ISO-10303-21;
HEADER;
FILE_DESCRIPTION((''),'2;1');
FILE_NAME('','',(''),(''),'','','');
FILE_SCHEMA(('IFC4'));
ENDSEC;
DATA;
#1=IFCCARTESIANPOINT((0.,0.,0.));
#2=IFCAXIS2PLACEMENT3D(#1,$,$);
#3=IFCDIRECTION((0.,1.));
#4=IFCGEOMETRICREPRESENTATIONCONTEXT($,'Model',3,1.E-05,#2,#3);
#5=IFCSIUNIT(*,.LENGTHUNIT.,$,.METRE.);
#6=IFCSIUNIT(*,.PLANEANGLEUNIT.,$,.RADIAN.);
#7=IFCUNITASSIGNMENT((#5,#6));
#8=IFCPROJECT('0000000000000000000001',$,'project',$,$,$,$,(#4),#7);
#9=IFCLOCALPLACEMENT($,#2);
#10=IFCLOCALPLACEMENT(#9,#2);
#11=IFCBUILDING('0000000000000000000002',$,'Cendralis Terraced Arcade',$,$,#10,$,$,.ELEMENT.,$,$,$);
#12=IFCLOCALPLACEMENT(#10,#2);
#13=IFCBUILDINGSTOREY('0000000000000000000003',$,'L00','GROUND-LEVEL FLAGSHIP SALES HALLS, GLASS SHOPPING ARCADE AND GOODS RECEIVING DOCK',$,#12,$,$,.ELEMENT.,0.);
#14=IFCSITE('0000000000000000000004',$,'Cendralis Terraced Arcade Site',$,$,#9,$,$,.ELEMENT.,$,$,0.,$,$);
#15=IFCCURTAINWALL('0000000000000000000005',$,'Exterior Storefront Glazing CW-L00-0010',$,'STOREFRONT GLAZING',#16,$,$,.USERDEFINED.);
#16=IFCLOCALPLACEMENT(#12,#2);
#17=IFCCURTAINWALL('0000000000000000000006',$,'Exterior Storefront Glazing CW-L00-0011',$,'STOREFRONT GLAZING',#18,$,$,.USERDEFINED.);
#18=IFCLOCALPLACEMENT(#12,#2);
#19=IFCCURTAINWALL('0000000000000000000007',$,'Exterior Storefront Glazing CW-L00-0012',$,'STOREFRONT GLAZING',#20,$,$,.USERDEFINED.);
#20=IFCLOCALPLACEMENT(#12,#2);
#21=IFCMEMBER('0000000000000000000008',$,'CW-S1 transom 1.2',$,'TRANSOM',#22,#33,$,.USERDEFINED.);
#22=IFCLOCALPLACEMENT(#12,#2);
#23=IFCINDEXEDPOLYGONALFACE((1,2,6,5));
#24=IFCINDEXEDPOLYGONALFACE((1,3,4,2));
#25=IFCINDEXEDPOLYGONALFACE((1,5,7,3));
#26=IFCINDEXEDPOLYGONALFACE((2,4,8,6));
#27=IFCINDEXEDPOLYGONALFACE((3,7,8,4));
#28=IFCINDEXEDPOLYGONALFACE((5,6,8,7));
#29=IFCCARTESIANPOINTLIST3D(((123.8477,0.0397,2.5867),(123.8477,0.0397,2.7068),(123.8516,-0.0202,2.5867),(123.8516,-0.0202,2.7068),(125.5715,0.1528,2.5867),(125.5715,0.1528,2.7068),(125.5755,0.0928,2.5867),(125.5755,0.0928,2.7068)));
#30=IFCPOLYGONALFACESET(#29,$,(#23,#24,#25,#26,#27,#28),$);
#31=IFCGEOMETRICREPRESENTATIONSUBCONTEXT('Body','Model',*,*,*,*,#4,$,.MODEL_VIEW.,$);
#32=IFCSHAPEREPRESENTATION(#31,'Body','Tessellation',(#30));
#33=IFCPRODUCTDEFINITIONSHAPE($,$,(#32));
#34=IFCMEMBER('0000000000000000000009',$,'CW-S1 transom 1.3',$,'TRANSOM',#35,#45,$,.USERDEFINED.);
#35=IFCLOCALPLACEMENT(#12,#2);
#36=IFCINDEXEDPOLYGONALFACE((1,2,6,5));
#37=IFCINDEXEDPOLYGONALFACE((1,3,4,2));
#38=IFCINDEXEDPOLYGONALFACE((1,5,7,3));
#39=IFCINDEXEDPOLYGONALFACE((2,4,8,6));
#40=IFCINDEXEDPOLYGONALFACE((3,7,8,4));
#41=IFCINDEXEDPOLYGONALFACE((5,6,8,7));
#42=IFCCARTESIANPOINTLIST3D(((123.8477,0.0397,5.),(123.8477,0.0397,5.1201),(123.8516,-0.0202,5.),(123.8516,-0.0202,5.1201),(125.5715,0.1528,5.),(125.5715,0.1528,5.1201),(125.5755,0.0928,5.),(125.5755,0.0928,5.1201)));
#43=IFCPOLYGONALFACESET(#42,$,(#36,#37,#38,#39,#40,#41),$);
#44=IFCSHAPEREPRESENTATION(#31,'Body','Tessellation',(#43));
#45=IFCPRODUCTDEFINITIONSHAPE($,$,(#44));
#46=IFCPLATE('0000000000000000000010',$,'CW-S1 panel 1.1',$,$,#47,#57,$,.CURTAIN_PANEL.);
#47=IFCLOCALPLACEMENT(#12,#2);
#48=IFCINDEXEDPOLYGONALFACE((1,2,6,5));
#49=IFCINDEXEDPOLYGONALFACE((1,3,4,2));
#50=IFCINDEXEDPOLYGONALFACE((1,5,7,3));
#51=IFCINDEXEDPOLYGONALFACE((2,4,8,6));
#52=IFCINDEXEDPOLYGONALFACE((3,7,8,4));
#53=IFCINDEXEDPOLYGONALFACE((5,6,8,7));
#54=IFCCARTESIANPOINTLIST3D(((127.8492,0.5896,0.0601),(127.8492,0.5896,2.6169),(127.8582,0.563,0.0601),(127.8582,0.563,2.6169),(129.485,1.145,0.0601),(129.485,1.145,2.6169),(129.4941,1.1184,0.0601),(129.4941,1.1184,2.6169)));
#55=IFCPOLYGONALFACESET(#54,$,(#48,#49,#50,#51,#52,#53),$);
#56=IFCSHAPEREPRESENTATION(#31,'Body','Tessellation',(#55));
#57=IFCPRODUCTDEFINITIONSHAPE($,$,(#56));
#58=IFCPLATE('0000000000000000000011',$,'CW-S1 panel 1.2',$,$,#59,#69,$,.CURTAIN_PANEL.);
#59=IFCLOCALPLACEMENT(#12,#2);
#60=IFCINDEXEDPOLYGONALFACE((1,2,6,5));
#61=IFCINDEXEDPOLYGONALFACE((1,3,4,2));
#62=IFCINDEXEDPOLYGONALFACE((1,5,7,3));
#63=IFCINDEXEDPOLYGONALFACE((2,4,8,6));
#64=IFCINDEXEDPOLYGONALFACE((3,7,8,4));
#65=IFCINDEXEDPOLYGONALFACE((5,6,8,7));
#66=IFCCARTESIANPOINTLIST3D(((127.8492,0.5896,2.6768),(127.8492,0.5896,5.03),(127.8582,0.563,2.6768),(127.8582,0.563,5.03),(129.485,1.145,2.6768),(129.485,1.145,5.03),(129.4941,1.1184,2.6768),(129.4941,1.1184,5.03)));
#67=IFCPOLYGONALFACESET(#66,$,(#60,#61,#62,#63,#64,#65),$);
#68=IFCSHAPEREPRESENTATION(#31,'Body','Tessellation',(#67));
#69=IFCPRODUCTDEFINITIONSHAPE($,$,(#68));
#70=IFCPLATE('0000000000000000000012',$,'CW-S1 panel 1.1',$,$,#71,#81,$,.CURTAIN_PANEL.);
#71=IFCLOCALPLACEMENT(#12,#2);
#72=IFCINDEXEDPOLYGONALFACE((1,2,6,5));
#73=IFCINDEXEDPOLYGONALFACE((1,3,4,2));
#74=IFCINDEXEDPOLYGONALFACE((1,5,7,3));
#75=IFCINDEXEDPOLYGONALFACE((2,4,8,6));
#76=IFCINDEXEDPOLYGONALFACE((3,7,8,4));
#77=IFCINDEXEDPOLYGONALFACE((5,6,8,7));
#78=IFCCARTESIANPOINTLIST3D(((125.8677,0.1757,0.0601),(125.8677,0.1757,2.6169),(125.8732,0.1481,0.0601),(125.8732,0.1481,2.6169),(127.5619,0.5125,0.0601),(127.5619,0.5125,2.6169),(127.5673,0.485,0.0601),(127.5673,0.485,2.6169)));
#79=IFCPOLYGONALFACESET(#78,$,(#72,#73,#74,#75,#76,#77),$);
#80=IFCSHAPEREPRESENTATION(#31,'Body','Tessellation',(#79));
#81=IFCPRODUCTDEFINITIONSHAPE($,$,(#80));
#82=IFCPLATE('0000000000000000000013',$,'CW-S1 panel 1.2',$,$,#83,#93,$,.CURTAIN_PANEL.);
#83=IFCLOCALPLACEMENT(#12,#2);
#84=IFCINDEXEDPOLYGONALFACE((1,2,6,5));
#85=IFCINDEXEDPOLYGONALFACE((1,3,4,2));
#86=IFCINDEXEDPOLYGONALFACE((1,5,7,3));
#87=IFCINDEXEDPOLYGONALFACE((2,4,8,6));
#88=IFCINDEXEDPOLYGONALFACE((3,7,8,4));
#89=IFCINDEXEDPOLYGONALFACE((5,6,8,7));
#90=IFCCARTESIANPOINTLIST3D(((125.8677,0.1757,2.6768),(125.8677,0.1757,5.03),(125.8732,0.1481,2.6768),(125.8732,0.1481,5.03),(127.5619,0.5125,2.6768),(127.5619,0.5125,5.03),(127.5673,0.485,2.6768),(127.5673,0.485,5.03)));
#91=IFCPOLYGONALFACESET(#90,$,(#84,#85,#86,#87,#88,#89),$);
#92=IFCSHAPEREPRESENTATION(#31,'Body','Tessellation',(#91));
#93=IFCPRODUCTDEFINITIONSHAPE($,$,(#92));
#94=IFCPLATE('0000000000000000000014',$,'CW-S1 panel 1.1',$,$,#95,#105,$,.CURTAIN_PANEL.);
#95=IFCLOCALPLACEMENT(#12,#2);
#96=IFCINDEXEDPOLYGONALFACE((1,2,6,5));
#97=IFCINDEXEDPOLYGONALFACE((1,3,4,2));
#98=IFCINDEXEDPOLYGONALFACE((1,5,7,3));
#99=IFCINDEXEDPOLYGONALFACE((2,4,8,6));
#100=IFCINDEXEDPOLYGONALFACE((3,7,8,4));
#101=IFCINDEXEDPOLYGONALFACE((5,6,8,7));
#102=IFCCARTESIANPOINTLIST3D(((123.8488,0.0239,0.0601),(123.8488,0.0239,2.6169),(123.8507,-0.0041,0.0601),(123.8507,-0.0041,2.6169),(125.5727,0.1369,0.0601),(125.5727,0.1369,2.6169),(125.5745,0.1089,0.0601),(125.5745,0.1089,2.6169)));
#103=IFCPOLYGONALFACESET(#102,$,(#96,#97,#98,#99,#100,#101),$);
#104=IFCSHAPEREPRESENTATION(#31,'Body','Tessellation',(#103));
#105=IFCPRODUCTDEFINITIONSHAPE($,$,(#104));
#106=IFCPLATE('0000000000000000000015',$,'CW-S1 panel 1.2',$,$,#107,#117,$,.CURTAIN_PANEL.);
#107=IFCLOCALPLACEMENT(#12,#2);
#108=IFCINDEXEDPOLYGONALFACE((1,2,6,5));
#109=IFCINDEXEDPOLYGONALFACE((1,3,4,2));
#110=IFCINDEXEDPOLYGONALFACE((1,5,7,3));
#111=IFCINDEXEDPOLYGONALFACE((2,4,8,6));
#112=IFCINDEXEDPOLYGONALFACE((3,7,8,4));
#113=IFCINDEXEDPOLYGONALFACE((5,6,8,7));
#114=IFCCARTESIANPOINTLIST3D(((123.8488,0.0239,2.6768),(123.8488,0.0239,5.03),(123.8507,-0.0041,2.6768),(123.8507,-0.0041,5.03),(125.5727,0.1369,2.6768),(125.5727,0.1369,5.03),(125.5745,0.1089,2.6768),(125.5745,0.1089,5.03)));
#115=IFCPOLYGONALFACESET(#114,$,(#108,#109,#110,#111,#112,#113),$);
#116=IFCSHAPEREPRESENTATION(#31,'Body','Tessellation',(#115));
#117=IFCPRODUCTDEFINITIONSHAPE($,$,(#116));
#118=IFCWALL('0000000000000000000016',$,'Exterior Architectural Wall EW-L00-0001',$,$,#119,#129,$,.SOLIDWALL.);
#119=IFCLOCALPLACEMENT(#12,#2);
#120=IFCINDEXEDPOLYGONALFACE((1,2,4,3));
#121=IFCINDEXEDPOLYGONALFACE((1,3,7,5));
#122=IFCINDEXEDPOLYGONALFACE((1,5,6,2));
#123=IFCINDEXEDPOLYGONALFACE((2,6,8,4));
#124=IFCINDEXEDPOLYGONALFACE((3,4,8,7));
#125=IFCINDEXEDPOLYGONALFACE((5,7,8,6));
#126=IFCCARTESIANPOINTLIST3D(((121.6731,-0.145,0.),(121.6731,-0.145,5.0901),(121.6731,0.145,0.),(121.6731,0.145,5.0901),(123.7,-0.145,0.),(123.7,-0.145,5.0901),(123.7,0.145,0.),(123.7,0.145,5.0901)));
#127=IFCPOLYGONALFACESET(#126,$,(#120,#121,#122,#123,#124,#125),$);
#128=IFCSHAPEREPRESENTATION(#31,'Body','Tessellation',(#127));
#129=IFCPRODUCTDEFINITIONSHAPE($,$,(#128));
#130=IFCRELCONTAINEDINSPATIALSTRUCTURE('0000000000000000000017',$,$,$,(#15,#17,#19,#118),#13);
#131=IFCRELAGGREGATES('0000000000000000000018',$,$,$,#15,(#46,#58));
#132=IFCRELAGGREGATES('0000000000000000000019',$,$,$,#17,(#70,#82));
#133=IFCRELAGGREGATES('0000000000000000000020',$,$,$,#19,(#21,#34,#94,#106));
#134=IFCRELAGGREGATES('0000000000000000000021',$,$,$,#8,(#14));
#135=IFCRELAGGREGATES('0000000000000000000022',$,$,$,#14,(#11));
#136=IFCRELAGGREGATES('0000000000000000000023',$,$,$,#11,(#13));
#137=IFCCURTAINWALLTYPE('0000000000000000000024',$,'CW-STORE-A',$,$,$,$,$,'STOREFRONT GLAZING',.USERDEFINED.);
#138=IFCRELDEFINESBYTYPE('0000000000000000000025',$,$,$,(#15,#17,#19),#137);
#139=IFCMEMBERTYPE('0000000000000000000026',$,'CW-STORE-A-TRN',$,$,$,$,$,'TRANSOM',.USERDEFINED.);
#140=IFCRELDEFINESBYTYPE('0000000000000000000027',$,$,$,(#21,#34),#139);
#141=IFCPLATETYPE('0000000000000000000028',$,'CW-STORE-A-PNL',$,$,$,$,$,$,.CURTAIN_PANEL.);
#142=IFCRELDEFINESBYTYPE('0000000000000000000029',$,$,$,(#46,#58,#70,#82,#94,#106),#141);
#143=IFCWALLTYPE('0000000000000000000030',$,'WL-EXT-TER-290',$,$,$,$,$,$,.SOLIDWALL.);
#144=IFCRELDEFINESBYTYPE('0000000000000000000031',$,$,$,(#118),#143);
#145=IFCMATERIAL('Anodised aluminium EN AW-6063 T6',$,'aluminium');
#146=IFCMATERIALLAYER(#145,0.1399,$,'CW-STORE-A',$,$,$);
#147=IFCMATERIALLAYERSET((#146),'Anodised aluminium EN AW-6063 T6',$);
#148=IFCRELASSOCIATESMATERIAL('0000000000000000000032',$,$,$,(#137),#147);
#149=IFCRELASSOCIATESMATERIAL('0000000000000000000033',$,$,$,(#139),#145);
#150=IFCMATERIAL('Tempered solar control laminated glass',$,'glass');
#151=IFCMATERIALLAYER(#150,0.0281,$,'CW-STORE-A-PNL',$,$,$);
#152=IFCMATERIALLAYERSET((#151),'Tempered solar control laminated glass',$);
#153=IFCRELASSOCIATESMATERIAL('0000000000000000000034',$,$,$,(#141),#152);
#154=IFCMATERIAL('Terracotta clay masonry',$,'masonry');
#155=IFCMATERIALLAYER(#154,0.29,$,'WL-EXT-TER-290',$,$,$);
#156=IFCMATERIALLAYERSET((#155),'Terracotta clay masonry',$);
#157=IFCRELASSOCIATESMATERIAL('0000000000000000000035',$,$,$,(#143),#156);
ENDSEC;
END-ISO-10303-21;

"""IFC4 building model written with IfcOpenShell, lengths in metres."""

from ifc_helpers import new_model, si_unit, direction, frame, frame_2d, origin, origin_2d, place, context, subcontext, project, spatial, rectangle, extrude, material, layer, layer_set, material_profile, profile_set, type_object, element, aggregate, save


model = new_model("IFC4")

# Units and contexts
model_context = context("Model", 3, precision=1e-05, world=origin(), true_north=direction((0.0, 1.0)))
body_context = subcontext(model_context, "Body", "Model", "MODEL_VIEW")
ifc_project = project(units=[si_unit("LENGTHUNIT", "METRE"), si_unit("PLANEANGLEUNIT", "RADIAN")], contexts=[model_context])

# Site, building, storey
site_placement = place(None, origin())
site = spatial("IfcSite", under=ifc_project, at=site_placement, Name="Cendralis Terraced Arcade Site", CompositionType="ELEMENT", RefElevation=0.0)
building_placement = place(site_placement, origin())
building = spatial("IfcBuilding", under=site, at=building_placement, Name="Cendralis Terraced Arcade", CompositionType="ELEMENT")
storey_placement = place(building_placement, origin())
storey = spatial("IfcBuildingStorey", under=building, at=storey_placement, Name="L00", Description="GROUND-LEVEL FLAGSHIP SALES HALLS, GLASS SHOPPING ARCADE AND GOODS RECEIVING DOCK", CompositionType="ELEMENT", Elevation=0.0)

# Curtain wall
ifc_material_1 = material(Name="Anodised aluminium EN AW-6063 T6", Category="aluminium")
ifc_layer_1 = layer(ifc_material_1, 0.1399, Name="CW-STORE-A")
ifc_layer_set_1 = layer_set([ifc_layer_1], Name="Anodised aluminium EN AW-6063 T6")
curtain_wall_type = type_object("IfcCurtainWallType", Name="CW-STORE-A", ElementType="STOREFRONT GLAZING", PredefinedType="USERDEFINED", material=ifc_layer_set_1)
curtain_wall_1_placement = place(storey_placement, origin())
curtain_wall_1 = element("IfcCurtainWall", 1, at=curtain_wall_1_placement, inside=storey, type_object=curtain_wall_type, Name="Exterior Storefront Glazing CW-L00-0010", ObjectType="STOREFRONT GLAZING", PredefinedType="USERDEFINED")

# Curtain walls
curtain_wall_2_placement = place(storey_placement, origin())
curtain_wall_2 = element("IfcCurtainWall", 2, at=curtain_wall_2_placement, inside=storey, type_object=curtain_wall_type, Name="Exterior Storefront Glazing CW-L00-0011", ObjectType="STOREFRONT GLAZING", PredefinedType="USERDEFINED")
curtain_wall_3_placement = place(storey_placement, origin())
curtain_wall_3 = element("IfcCurtainWall", 3, at=curtain_wall_3_placement, inside=storey, type_object=curtain_wall_type, Name="Exterior Storefront Glazing CW-L00-0012", ObjectType="STOREFRONT GLAZING", PredefinedType="USERDEFINED")

# Members
ifc_material_profile_1 = material_profile(ifc_material_1, rectangle(XDim=0.0601, YDim=0.1201, at=origin_2d()), Name="ALU-TRN-60x120")
ifc_profile_set_1 = profile_set([ifc_material_profile_1], Name="Anodised aluminium EN AW-6063 T6")
member_type_1 = type_object("IfcMemberType", Name="CW-STORE-A-TRN", ElementType="TRANSOM", PredefinedType="USERDEFINED", material=ifc_profile_set_1)
member_1_placement = place(storey_placement, frame((125.5735, 0.1228, 2.6467), z_axis=(-0.997857, -0.065431, 0.0), x_axis=(0.065431, -0.997857, 0.0)))
member_1 = element("IfcMember", 4, at=member_1_placement, type_object=member_type_1, Name="CW-S1 transom 1.2", ObjectType="TRANSOM", PredefinedType="USERDEFINED", context=body_context, shape_type="SweptSolid", body=[
    extrude(rectangle(XDim=0.0601, YDim=0.1201, at=origin_2d()), origin(), (0.0, 0.0, 1.0), 1.7275),
])
member_2_placement = place(storey_placement, frame((125.5735, 0.1228, 5.0601), z_axis=(-0.997857, -0.065431, 0.0), x_axis=(0.065431, -0.997857, 0.0)))
member_2 = element("IfcMember", 5, at=member_2_placement, type_object=member_type_1, Name="CW-S1 transom 1.3", ObjectType="TRANSOM", PredefinedType="USERDEFINED", context=body_context, shape_type="SweptSolid", body=[
    extrude(rectangle(XDim=0.0601, YDim=0.1201, at=origin_2d()), origin(), (0.0, 0.0, 1.0), 1.7275),
])

# Plates
ifc_material_2 = material(Name="Tempered solar control laminated glass", Category="glass")
ifc_layer_2 = layer(ifc_material_2, 0.0281, Name="CW-STORE-A-PNL")
ifc_layer_set_2 = layer_set([ifc_layer_2], Name="Tempered solar control laminated glass")
plate_type = type_object("IfcPlateType", Name="CW-STORE-A-PNL", PredefinedType="CURTAIN_PANEL", material=ifc_layer_set_2)
plate_1_placement = place(storey_placement, frame((128.6716, 0.854, 0.0601), z_axis=(0.0, 0.0, 1.0), x_axis=(-0.94691, -0.3215, 0.0)))
plate_1 = element("IfcPlate", 6, at=plate_1_placement, type_object=plate_type, Name="CW-S1 panel 1.1", PredefinedType="CURTAIN_PANEL", context=body_context, shape_type="SweptSolid", body=[
    extrude(rectangle(XDim=1.7275, YDim=0.0281, at=origin_2d()), origin(), (0.0, 0.0, 1.0), 2.5569),
])
plate_2_placement = place(storey_placement, frame((128.6716, 0.854, 2.6768), z_axis=(0.0, 0.0, 1.0), x_axis=(-0.94691, -0.3215, 0.0)))
plate_2 = element("IfcPlate", 7, at=plate_2_placement, type_object=plate_type, Name="CW-S1 panel 1.2", PredefinedType="CURTAIN_PANEL", context=body_context, shape_type="SweptSolid", body=[
    extrude(rectangle(XDim=1.7275, YDim=0.0281, at=origin_2d()), origin(), (0.0, 0.0, 1.0), 2.3533),
])
aggregate(curtain_wall_1, [plate_1, plate_2])
plate_3_placement = place(storey_placement, frame((126.7175, 0.3303, 0.0601), z_axis=(0.0, 0.0, 1.0), x_axis=(-0.980797, -0.195033, 0.0)))
plate_3 = element("IfcPlate", 8, at=plate_3_placement, type_object=plate_type, Name="CW-S1 panel 1.1", PredefinedType="CURTAIN_PANEL", context=body_context, shape_type="SweptSolid", body=[
    extrude(rectangle(XDim=1.7273, YDim=0.0281, at=origin_2d()), origin(), (0.0, 0.0, 1.0), 2.5569),
])
plate_4_placement = place(storey_placement, frame((126.7175, 0.3303, 2.6768), z_axis=(0.0, 0.0, 1.0), x_axis=(-0.980797, -0.195033, 0.0)))
plate_4 = element("IfcPlate", 9, at=plate_4_placement, type_object=plate_type, Name="CW-S1 panel 1.2", PredefinedType="CURTAIN_PANEL", context=body_context, shape_type="SweptSolid", body=[
    extrude(rectangle(XDim=1.7273, YDim=0.0281, at=origin_2d()), origin(), (0.0, 0.0, 1.0), 2.3533),
])
aggregate(curtain_wall_2, [plate_3, plate_4])
plate_5_placement = place(storey_placement, frame((124.7117, 0.0664, 0.0601), z_axis=(0.0, 0.0, 1.0), x_axis=(-0.99786, -0.065384, 0.0)))
plate_5 = element("IfcPlate", 10, at=plate_5_placement, type_object=plate_type, Name="CW-S1 panel 1.1", PredefinedType="CURTAIN_PANEL", context=body_context, shape_type="SweptSolid", body=[
    extrude(rectangle(XDim=1.7275, YDim=0.0281, at=origin_2d()), origin(), (0.0, 0.0, 1.0), 2.5569),
])
plate_6_placement = place(storey_placement, frame((124.7117, 0.0664, 2.6768), z_axis=(0.0, 0.0, 1.0), x_axis=(-0.99786, -0.065384, 0.0)))
plate_6 = element("IfcPlate", 11, at=plate_6_placement, type_object=plate_type, Name="CW-S1 panel 1.2", PredefinedType="CURTAIN_PANEL", context=body_context, shape_type="SweptSolid", body=[
    extrude(rectangle(XDim=1.7275, YDim=0.0281, at=origin_2d()), origin(), (0.0, 0.0, 1.0), 2.3533),
])
aggregate(curtain_wall_3, [member_1, member_2, plate_5, plate_6])

# Wall
ifc_material_3 = material(Name="Terracotta clay masonry", Category="masonry")
ifc_layer_3 = layer(ifc_material_3, 0.29, Name="WL-EXT-TER-290")
ifc_layer_set_3 = layer_set([ifc_layer_3], Name="Terracotta clay masonry")
wall_type = type_object("IfcWallType", Name="WL-EXT-TER-290", PredefinedType="SOLIDWALL", material=ifc_layer_set_3)
wall_placement = place(storey_placement, frame((123.7, 0.0, 0.0), z_axis=(0.0, 0.0, 1.0), x_axis=(-1.0, 0.0, 0.0)))
element("IfcWall", 12, at=wall_placement, inside=storey, type_object=wall_type, Name="Exterior Architectural Wall EW-L00-0001", PredefinedType="SOLIDWALL", context=body_context, shape_type="SweptSolid", body=[
    extrude(rectangle(XDim=2.0269, YDim=0.29, at=frame_2d((1.0134, 0.0))), origin(), (0.0, 0.0, 1.0), 5.0901),
])

save(model, "model.ifc")
